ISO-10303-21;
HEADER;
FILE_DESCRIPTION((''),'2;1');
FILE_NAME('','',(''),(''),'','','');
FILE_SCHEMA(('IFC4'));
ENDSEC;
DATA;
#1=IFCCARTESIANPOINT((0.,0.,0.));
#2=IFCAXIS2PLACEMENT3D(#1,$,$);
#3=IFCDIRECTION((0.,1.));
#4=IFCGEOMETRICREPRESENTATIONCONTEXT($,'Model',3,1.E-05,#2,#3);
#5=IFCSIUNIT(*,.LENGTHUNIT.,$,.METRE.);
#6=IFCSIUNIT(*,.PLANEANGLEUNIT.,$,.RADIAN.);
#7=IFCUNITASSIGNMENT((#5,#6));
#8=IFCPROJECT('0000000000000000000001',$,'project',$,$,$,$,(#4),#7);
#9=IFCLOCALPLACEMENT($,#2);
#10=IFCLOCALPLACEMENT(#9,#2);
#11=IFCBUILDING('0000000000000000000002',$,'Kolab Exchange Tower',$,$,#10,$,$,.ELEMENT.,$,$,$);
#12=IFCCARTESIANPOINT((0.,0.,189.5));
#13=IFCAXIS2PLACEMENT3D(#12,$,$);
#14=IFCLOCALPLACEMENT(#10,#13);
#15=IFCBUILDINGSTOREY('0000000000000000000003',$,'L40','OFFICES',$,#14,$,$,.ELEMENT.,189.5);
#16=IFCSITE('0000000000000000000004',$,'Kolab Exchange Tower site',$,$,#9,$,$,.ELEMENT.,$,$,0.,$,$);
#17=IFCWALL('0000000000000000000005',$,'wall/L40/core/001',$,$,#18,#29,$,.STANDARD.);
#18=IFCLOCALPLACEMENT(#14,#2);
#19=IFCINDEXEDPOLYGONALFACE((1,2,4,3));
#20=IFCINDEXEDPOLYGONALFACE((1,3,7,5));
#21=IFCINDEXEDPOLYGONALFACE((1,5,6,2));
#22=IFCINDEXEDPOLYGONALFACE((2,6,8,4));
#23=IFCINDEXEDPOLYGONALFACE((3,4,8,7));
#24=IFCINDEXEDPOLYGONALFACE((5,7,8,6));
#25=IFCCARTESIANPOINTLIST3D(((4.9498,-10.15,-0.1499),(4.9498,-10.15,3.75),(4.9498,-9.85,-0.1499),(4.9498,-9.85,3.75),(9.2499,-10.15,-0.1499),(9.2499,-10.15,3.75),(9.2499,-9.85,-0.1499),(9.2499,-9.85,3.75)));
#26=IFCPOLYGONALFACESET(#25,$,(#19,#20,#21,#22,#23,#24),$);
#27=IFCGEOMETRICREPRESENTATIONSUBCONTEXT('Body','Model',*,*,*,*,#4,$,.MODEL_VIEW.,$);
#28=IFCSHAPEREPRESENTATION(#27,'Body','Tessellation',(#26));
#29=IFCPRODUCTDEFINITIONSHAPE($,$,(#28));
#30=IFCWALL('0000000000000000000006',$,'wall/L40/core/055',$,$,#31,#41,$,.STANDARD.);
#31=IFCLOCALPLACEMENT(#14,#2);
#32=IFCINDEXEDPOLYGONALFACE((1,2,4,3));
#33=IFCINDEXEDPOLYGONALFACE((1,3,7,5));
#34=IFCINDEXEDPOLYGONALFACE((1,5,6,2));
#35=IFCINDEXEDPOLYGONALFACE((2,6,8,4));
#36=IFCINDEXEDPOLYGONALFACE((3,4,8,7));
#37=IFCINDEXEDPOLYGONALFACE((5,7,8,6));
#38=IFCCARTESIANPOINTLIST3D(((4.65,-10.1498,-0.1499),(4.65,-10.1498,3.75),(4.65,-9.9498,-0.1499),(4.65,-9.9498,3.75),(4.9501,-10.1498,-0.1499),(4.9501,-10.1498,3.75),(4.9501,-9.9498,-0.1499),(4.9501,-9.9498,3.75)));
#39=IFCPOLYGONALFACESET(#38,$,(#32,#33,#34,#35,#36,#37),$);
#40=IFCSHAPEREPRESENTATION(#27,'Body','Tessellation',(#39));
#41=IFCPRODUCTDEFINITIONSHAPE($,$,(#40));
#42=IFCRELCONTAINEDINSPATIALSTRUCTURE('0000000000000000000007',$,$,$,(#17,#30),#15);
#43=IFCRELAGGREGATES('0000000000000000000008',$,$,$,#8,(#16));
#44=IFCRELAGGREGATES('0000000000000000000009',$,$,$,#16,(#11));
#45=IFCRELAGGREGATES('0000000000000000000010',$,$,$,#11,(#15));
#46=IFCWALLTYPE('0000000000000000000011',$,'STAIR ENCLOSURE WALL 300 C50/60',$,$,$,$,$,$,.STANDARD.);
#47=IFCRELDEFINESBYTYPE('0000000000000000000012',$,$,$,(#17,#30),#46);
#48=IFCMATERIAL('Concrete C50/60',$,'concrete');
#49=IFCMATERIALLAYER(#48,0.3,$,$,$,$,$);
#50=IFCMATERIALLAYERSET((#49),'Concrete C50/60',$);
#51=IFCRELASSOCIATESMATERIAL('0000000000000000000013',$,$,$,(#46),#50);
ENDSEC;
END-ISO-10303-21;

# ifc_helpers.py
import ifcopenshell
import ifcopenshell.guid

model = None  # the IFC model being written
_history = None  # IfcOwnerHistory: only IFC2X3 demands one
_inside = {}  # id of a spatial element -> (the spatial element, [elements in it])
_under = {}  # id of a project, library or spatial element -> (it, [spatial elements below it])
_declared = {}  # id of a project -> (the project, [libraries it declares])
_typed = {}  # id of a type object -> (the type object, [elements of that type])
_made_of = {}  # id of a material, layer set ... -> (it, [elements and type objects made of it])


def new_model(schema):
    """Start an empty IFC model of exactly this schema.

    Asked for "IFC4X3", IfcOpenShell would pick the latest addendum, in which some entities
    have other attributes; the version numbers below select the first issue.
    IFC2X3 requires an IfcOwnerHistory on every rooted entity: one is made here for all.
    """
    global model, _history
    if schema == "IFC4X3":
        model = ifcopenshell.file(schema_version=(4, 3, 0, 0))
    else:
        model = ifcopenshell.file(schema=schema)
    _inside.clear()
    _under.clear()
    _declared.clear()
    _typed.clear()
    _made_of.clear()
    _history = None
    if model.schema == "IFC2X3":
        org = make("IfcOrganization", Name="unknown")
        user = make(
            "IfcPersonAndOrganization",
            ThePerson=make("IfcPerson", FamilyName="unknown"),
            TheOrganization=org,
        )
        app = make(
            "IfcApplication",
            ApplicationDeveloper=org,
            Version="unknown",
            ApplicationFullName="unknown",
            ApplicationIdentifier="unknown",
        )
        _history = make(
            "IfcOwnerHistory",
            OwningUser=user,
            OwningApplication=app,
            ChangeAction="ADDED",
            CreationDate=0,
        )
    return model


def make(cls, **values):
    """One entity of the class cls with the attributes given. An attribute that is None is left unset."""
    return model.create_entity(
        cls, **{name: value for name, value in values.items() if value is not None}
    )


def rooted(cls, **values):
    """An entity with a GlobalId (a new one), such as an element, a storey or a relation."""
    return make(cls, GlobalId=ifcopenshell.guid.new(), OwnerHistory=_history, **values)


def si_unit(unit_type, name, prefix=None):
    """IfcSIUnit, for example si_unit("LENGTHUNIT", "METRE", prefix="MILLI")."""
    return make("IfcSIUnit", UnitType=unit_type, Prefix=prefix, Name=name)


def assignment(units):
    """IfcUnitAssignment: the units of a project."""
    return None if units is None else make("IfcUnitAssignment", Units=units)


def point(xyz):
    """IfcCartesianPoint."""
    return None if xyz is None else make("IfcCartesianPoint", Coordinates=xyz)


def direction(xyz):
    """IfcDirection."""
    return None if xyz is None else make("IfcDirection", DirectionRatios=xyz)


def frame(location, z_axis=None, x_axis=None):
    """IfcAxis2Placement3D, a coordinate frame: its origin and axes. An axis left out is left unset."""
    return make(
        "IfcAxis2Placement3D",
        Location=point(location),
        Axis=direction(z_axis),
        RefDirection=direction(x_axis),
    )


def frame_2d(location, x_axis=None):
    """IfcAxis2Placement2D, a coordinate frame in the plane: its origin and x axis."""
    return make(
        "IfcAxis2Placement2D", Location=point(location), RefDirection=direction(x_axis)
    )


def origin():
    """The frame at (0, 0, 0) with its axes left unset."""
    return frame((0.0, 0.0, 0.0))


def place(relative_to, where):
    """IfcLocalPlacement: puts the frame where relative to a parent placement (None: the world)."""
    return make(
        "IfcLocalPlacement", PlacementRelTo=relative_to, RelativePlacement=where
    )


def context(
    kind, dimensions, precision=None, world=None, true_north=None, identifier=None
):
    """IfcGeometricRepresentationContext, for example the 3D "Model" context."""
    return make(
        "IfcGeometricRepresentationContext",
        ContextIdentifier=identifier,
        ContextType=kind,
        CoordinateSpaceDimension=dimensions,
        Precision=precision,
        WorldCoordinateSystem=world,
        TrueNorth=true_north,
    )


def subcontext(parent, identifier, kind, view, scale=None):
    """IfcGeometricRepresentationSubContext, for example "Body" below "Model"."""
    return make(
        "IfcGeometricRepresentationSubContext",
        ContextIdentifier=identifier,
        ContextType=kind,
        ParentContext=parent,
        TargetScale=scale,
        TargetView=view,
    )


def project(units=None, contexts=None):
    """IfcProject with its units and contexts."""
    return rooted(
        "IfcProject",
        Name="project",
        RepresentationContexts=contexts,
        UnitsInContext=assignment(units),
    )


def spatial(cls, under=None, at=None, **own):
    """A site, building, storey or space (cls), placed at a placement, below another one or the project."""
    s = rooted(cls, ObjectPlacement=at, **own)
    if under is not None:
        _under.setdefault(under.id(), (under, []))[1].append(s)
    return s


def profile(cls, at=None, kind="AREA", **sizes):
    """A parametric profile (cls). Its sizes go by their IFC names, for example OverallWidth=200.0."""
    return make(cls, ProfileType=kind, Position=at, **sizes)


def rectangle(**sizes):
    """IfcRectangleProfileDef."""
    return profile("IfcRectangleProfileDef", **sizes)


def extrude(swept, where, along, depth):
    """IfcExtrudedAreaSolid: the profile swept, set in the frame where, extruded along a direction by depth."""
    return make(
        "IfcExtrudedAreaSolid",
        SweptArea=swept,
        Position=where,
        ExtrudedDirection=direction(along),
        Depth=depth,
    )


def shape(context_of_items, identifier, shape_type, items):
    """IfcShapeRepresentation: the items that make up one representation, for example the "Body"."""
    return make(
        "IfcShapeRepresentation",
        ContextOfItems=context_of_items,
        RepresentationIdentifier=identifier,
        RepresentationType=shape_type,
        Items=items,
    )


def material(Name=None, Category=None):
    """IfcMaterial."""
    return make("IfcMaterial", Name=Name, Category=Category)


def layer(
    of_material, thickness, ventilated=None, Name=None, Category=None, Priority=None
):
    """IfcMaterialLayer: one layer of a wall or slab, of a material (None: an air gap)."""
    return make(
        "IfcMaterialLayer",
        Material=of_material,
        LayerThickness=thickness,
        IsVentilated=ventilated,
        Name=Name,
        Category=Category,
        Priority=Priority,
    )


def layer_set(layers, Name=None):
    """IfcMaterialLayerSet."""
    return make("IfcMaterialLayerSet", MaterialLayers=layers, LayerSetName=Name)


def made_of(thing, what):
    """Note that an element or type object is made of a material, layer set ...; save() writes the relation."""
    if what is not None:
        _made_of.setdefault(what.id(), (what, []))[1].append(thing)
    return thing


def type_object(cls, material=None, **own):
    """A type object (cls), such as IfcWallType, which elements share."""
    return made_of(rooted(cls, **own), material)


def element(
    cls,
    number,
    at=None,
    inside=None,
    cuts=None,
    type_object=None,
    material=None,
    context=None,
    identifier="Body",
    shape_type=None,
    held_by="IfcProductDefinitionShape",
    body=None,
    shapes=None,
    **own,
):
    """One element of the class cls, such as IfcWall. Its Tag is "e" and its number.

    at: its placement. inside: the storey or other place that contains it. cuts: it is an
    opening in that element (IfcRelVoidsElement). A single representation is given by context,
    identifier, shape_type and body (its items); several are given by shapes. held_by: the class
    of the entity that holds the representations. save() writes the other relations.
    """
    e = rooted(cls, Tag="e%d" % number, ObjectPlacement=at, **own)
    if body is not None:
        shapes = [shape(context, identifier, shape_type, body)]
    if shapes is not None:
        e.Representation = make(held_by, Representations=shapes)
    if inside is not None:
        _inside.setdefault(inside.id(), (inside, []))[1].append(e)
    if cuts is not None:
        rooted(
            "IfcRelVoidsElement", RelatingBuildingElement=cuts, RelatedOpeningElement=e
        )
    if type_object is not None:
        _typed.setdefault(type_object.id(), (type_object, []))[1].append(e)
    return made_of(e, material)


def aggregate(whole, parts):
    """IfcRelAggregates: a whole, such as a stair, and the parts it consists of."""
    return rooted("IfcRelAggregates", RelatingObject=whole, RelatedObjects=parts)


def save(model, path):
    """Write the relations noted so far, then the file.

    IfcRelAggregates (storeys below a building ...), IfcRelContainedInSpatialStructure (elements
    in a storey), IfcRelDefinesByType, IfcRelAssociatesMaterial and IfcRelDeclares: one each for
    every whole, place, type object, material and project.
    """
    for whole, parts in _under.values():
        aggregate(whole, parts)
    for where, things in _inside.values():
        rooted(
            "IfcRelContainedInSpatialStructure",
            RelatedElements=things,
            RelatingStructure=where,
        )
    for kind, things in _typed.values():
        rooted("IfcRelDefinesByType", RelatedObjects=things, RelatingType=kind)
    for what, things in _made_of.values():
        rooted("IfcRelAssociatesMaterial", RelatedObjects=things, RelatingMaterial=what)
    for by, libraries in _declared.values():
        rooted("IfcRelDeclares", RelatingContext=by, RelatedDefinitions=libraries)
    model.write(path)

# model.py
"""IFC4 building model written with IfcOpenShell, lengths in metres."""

from ifc_helpers import new_model, si_unit, direction, frame, frame_2d, origin, place, context, subcontext, project, spatial, rectangle, extrude, material, layer, layer_set, type_object, element, save


model = new_model("IFC4")

# Units and contexts
model_context = context("Model", 3, precision=1e-05, world=origin(), true_north=direction((0.0, 1.0)))
body_context = subcontext(model_context, "Body", "Model", "MODEL_VIEW")
ifc_project = project(units=[si_unit("LENGTHUNIT", "METRE"), si_unit("PLANEANGLEUNIT", "RADIAN")], contexts=[model_context])

# Site, building, storey
site_placement = place(None, origin())
site = spatial("IfcSite", under=ifc_project, at=site_placement, Name="Kolab Exchange Tower site", CompositionType="ELEMENT", RefElevation=0.0)
building_placement = place(site_placement, origin())
building = spatial("IfcBuilding", under=site, at=building_placement, Name="Kolab Exchange Tower", CompositionType="ELEMENT")
storey_placement = place(building_placement, frame((0.0, 0.0, 189.5)))
storey = spatial("IfcBuildingStorey", under=building, at=storey_placement, Name="L40", Description="OFFICES", CompositionType="ELEMENT", Elevation=189.5)

# Walls
ifc_material_1 = material(Name="Concrete C50/60", Category="concrete")
ifc_layer_1 = layer(ifc_material_1, 0.3)
ifc_layer_set_1 = layer_set([ifc_layer_1], Name="Concrete C50/60")
wall_type_1 = type_object("IfcWallType", Name="STAIR ENCLOSURE WALL 300 C50/60", PredefinedType="STANDARD", material=ifc_layer_set_1)
wall_1_placement = place(storey_placement, frame((4.95, -10.0, -0.1499), z_axis=(0.0, 0.0, 1.0), x_axis=(1.0, 0.0, 0.0)))
element("IfcWall", 1, at=wall_1_placement, inside=storey, type_object=wall_type_1, Name="wall/L40/core/001", PredefinedType="STANDARD", context=body_context, shape_type="SweptSolid", body=[
    extrude(rectangle(XDim=4.3, YDim=0.3, at=frame_2d((2.1499, 0.0))), origin(), (0.0, 0.0, 1.0), 3.8999),
])
wall_2_placement = place(storey_placement, frame((4.8, -10.1499, -0.1499), z_axis=(0.0, 0.0, 1.0), x_axis=(0.0, 1.0, 0.0)))
element("IfcWall", 2, at=wall_2_placement, inside=storey, type_object=wall_type_1, Name="wall/L40/core/055", PredefinedType="STANDARD", context=body_context, shape_type="SweptSolid", body=[
    extrude(rectangle(XDim=0.2, YDim=0.3, at=frame_2d((0.1001, 0.0))), origin(), (0.0, 0.0, 1.0), 3.8999),
])

save(model, "model.ifc")
